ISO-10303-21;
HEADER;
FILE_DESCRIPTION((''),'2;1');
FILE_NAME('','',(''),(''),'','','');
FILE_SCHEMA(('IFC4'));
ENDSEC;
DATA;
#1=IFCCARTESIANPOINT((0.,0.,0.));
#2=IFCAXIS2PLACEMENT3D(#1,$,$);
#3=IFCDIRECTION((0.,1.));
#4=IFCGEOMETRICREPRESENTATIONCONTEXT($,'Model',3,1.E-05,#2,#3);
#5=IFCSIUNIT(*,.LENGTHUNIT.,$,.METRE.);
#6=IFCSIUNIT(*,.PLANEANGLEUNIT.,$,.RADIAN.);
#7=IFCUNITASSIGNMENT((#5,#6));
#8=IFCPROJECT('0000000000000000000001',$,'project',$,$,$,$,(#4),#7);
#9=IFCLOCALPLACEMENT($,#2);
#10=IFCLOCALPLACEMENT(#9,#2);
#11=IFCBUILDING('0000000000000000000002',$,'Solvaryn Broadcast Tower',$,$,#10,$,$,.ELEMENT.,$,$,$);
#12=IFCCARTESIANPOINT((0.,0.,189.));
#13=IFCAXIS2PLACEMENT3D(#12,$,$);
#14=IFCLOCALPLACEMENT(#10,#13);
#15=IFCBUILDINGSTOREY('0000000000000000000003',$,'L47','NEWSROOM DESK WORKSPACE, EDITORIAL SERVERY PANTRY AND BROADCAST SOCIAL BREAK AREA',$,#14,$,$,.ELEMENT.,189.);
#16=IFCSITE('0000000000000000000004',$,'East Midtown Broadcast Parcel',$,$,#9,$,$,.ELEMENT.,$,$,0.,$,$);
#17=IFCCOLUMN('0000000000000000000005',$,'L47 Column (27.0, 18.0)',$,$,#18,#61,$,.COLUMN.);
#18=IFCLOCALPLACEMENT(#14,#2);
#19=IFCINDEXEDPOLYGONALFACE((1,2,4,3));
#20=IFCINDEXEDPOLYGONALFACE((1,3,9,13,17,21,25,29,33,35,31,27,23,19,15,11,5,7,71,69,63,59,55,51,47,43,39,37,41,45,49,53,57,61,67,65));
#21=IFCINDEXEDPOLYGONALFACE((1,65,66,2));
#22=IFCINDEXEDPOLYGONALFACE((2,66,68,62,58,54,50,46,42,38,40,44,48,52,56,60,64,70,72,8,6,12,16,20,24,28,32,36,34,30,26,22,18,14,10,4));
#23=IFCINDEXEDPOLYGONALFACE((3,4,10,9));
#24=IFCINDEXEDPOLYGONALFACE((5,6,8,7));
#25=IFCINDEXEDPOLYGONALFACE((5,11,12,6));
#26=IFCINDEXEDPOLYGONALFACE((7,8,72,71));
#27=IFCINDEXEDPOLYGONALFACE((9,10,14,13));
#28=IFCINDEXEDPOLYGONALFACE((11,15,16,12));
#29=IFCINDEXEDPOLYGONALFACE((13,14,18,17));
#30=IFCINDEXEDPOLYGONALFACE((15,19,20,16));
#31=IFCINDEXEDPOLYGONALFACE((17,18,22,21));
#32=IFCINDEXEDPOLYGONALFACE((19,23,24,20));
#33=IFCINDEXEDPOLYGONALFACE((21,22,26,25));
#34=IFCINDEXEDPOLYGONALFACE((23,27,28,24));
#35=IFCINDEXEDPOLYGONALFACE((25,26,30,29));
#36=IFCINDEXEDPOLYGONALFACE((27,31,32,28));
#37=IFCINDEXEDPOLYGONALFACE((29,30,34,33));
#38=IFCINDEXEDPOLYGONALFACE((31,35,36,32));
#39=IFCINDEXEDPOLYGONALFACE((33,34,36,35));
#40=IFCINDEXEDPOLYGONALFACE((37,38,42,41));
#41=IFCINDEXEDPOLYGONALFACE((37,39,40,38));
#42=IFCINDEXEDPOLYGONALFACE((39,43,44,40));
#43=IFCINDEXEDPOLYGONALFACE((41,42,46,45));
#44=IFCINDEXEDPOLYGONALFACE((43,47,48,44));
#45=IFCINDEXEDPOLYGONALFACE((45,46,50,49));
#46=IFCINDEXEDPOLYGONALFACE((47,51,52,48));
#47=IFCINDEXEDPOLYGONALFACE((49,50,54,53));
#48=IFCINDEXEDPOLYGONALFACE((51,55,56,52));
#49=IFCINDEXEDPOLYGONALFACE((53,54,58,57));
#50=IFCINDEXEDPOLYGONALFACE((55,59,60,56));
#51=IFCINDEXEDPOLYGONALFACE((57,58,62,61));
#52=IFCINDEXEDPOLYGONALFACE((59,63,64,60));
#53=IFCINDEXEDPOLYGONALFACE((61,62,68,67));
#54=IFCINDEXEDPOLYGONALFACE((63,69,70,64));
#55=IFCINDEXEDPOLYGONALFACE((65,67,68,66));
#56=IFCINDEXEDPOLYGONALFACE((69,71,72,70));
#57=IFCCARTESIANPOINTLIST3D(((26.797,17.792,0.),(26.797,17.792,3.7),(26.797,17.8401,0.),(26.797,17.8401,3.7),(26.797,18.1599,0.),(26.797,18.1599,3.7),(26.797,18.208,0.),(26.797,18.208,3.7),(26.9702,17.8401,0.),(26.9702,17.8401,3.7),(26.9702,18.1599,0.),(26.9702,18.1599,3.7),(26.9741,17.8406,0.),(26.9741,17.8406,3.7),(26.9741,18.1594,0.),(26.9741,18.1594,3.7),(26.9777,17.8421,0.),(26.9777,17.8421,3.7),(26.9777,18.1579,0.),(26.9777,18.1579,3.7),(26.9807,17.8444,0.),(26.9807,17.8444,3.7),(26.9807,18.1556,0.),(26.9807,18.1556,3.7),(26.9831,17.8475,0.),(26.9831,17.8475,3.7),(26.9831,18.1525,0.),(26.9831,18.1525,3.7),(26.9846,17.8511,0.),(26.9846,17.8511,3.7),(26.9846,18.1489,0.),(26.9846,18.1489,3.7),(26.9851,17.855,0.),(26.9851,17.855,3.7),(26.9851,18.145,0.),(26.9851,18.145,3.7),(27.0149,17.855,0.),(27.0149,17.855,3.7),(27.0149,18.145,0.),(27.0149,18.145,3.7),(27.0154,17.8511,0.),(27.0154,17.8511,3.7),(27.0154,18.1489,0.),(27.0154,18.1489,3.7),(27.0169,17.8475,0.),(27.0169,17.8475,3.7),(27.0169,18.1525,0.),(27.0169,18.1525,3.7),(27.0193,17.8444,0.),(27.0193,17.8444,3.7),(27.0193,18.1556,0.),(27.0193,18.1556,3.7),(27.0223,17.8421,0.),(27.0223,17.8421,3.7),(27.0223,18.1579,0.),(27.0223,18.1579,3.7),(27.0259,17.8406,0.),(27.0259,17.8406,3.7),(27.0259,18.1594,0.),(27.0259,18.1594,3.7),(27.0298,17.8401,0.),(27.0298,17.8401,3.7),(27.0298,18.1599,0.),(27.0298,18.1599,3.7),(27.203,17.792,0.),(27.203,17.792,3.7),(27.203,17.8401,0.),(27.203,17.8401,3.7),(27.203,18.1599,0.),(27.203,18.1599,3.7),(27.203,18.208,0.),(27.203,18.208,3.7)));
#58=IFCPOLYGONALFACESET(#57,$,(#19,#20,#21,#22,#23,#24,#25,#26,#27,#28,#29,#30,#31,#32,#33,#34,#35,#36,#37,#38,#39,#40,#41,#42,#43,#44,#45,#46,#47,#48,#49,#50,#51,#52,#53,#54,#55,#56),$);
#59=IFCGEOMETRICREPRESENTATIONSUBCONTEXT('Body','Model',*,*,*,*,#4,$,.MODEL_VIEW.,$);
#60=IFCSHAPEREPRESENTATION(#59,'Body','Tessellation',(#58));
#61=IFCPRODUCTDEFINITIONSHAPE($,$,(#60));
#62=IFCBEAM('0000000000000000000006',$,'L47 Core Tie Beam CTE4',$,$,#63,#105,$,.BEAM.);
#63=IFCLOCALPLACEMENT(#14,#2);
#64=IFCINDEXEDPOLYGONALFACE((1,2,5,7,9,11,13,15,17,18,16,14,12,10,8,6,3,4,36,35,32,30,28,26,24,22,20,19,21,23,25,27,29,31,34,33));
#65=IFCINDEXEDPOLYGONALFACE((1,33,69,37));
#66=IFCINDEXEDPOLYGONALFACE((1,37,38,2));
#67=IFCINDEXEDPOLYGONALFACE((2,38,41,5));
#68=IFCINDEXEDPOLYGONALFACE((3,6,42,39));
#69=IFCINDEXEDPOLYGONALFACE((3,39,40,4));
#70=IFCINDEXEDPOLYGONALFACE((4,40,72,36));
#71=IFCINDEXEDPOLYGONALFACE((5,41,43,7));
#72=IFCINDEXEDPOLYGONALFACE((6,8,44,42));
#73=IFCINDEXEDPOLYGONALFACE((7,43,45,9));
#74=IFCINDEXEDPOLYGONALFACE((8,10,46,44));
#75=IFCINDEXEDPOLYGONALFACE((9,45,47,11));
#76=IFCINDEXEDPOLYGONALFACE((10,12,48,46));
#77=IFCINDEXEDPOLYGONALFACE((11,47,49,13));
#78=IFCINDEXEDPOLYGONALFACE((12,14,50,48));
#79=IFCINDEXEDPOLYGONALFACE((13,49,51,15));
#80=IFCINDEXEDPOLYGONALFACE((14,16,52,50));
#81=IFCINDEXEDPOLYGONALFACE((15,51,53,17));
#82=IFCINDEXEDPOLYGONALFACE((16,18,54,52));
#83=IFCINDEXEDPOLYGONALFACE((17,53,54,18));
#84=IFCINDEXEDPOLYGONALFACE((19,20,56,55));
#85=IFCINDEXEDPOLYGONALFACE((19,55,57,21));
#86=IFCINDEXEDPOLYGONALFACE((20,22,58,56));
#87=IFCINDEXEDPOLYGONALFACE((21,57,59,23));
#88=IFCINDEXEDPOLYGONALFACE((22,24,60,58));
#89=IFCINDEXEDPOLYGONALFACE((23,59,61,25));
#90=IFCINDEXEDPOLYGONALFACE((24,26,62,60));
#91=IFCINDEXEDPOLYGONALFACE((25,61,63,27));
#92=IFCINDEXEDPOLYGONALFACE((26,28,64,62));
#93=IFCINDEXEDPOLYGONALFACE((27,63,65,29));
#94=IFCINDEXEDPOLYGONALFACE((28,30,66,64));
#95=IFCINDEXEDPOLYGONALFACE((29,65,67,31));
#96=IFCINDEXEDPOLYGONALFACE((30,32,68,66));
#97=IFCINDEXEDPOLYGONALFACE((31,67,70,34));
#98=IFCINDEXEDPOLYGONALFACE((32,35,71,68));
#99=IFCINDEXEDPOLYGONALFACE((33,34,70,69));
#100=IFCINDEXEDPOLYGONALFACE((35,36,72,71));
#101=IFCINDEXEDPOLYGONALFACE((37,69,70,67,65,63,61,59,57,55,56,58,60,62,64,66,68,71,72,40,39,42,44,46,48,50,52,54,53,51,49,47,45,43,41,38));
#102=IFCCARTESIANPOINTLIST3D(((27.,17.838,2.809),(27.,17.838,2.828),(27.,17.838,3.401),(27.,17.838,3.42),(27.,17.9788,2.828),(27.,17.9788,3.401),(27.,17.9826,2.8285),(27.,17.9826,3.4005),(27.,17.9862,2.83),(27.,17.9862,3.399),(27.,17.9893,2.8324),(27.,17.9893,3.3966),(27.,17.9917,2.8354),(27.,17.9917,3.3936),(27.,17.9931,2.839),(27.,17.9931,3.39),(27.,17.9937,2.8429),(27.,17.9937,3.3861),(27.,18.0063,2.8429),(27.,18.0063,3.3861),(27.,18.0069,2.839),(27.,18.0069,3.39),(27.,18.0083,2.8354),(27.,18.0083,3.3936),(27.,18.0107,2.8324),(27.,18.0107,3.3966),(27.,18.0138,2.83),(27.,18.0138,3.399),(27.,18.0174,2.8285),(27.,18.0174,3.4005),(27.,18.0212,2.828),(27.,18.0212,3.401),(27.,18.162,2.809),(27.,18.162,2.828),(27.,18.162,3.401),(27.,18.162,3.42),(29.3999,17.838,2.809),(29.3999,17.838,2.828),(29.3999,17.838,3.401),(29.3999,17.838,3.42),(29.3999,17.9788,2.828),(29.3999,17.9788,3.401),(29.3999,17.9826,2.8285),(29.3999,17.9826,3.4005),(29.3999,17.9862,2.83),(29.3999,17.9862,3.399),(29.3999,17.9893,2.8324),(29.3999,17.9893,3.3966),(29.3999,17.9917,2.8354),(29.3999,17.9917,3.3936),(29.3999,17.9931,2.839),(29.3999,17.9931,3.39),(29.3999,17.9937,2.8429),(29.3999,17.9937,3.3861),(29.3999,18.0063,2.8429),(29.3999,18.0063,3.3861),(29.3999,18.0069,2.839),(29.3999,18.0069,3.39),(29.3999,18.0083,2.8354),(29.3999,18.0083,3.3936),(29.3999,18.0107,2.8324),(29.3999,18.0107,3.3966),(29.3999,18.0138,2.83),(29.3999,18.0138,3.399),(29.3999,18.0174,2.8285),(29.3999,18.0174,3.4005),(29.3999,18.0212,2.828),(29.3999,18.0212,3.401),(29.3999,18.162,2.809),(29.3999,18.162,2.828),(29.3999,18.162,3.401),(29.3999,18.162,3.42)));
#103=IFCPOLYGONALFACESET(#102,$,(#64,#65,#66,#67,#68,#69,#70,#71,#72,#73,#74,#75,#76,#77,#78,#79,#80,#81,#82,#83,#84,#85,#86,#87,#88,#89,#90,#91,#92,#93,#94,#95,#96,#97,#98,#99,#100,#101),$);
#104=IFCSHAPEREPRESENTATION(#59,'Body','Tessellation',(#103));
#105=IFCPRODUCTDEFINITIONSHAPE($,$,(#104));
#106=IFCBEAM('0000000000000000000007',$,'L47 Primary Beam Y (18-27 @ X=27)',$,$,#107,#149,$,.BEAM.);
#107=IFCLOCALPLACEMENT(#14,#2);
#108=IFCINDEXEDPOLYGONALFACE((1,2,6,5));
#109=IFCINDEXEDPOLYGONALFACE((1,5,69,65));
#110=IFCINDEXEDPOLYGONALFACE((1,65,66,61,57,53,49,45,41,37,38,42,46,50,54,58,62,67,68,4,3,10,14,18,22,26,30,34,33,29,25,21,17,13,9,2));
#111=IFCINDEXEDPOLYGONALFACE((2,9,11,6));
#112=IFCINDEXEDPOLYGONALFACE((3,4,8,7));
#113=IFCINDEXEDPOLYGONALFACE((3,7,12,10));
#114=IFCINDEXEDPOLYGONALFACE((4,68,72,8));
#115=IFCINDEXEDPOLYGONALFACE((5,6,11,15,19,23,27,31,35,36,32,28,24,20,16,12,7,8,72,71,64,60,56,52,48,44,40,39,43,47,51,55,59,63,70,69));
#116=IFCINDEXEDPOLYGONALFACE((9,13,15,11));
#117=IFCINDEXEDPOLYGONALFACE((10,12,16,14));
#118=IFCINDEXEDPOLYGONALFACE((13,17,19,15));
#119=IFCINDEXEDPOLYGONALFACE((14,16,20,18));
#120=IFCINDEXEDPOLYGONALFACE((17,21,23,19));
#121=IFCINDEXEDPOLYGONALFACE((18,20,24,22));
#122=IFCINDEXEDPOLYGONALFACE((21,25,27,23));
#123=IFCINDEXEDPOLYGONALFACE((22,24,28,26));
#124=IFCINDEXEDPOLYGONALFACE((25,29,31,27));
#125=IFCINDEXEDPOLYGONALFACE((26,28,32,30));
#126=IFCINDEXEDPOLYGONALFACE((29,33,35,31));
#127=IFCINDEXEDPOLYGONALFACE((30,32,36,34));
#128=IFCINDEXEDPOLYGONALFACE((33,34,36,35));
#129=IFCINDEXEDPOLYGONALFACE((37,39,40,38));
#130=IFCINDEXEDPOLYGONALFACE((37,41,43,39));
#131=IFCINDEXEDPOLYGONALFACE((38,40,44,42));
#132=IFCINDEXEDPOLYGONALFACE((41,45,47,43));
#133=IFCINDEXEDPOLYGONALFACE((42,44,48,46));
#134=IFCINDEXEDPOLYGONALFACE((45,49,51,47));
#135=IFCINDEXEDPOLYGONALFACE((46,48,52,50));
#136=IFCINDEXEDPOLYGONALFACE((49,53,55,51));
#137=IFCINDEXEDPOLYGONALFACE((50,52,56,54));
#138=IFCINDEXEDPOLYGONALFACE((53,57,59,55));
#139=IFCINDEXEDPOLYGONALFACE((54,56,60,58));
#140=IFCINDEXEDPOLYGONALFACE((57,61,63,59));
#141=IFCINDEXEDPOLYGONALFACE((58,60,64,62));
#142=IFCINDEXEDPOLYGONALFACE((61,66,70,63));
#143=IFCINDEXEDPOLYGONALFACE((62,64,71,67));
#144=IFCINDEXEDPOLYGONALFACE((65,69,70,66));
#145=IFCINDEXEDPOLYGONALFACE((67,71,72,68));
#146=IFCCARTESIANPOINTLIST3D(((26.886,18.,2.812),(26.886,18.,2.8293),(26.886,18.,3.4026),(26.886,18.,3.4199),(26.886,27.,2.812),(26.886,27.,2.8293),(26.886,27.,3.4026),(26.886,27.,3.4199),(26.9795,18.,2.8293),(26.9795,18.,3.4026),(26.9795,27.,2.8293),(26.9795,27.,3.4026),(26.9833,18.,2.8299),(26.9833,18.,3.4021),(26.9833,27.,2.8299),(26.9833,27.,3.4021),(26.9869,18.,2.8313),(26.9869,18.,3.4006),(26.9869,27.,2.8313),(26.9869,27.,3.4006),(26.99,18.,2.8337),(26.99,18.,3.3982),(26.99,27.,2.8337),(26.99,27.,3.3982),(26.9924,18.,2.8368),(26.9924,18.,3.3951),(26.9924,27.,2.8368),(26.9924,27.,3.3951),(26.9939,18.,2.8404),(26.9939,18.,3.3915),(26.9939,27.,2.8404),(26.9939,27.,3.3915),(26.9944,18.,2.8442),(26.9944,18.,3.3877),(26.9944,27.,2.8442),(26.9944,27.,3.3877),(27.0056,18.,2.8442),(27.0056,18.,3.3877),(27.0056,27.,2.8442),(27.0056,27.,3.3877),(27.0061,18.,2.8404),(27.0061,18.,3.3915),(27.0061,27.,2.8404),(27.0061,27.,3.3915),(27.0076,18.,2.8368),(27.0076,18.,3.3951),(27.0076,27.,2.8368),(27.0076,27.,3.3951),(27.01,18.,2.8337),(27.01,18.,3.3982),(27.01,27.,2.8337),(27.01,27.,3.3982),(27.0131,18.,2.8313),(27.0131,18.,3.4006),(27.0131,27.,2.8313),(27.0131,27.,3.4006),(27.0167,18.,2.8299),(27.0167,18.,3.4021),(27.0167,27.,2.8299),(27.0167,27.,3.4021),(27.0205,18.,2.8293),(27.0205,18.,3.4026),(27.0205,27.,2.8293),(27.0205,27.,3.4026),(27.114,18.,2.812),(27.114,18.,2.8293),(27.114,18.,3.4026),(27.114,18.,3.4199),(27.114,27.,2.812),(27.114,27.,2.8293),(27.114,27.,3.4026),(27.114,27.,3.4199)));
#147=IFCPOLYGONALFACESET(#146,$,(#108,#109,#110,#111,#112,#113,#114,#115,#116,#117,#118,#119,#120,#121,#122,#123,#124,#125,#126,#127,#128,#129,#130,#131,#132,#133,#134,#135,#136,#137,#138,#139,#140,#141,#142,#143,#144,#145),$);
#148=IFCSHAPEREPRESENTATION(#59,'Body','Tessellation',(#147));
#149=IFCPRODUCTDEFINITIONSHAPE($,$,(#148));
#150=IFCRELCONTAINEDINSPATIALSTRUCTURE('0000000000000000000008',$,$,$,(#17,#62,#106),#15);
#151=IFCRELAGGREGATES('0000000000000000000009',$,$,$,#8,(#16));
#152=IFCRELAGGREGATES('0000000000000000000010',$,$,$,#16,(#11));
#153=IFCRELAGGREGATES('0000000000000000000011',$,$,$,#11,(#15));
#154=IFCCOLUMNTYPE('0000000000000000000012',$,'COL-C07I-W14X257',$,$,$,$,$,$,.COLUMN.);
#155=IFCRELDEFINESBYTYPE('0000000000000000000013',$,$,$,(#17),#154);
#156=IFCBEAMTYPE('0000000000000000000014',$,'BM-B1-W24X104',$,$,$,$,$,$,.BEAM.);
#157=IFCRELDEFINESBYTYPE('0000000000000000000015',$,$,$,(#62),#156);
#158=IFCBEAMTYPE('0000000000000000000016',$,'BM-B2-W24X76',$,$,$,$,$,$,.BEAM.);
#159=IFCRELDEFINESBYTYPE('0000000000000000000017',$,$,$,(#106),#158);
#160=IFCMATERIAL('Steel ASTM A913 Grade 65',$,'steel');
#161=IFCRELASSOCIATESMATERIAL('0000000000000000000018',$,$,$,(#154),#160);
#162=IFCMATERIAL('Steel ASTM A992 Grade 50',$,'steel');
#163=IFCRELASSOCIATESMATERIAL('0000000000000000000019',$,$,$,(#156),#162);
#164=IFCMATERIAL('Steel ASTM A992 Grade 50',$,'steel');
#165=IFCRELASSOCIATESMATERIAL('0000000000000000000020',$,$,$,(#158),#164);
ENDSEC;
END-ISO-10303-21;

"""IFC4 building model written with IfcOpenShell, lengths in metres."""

from ifc_helpers import new_model, si_unit, direction, frame, origin, origin_2d, place, context, subcontext, project, spatial, i_section, extrude, material, material_profile, profile_set, type_object, element, save


model = new_model("IFC4")

# Units and contexts
model_context = context("Model", 3, precision=1e-05, world=origin(), true_north=direction((0.0, 1.0)))
body_context = subcontext(model_context, "Body", "Model", "MODEL_VIEW")
ifc_project = project(units=[si_unit("LENGTHUNIT", "METRE"), si_unit("PLANEANGLEUNIT", "RADIAN")], contexts=[model_context])

# Site, building, storey
site_placement = place(None, origin())
site = spatial("IfcSite", under=ifc_project, at=site_placement, Name="East Midtown Broadcast Parcel", CompositionType="ELEMENT", RefElevation=0.0)
building_placement = place(site_placement, origin())
building = spatial("IfcBuilding", under=site, at=building_placement, Name="Solvaryn Broadcast Tower", CompositionType="ELEMENT")
storey_placement = place(building_placement, frame((0.0, 0.0, 189.0)))
storey = spatial("IfcBuildingStorey", under=building, at=storey_placement, Name="L47", Description="NEWSROOM DESK WORKSPACE, EDITORIAL SERVERY PANTRY AND BROADCAST SOCIAL BREAK AREA", CompositionType="ELEMENT", Elevation=189.0)

# Column
ifc_material_1 = material(Name="Steel ASTM A913 Grade 65", Category="steel")
ifc_material_profile_1 = material_profile(ifc_material_1, i_section(OverallWidth=0.406, OverallDepth=0.416, WebThickness=0.0298, FlangeThickness=0.0481, FilletRadius=0.0149, at=origin_2d()))
ifc_profile_set_1 = profile_set([ifc_material_profile_1], Name="Steel ASTM A913 Grade 65")
column_type = type_object("IfcColumnType", Name="COL-C07I-W14X257", PredefinedType="COLUMN", material=ifc_profile_set_1)
column_placement = place(storey_placement, frame((27.0, 18.0, 0.0), z_axis=(0.0, 0.0, 1.0), x_axis=(1.0, 0.0, 0.0)))
element("IfcColumn", 1, at=column_placement, inside=storey, type_object=column_type, Name="L47 Column (27.0, 18.0)", PredefinedType="COLUMN", context=body_context, shape_type="SweptSolid", body=[
    extrude(i_section(OverallWidth=0.406, OverallDepth=0.416, WebThickness=0.0298, FlangeThickness=0.0481, FilletRadius=0.0149, at=origin_2d()), origin(), (0.0, 0.0, 1.0), 3.7),
])

# Beams
ifc_material_2 = material(Name="Steel ASTM A992 Grade 50", Category="steel")
ifc_material_profile_2 = material_profile(ifc_material_2, i_section(OverallWidth=0.324, OverallDepth=0.6111, WebThickness=0.0127, FlangeThickness=0.019, FilletRadius=0.0149, at=origin_2d()))
ifc_profile_set_2 = profile_set([ifc_material_profile_2], Name="Steel ASTM A992 Grade 50")
beam_type_1 = type_object("IfcBeamType", Name="BM-B1-W24X104", PredefinedType="BEAM", material=ifc_profile_set_2)
beam_1_placement = place(storey_placement, frame((27.0, 18.0, 3.1145), z_axis=(1.0, 0.0, 0.0), x_axis=(0.0, 1.0, 0.0)))
element("IfcBeam", 2, at=beam_1_placement, inside=storey, type_object=beam_type_1, Name="L47 Core Tie Beam CTE4", PredefinedType="BEAM", context=body_context, shape_type="SweptSolid", body=[
    extrude(i_section(OverallWidth=0.324, OverallDepth=0.6111, WebThickness=0.0127, FlangeThickness=0.019, FilletRadius=0.0149, at=origin_2d()), origin(), (0.0, 0.0, 1.0), 2.3999),
])
ifc_material_3 = material(Name="Steel ASTM A992 Grade 50", Category="steel")
ifc_material_profile_3 = material_profile(ifc_material_3, i_section(OverallWidth=0.228, OverallDepth=0.6079, WebThickness=0.0112, FlangeThickness=0.0173, FilletRadius=0.0149, at=origin_2d()))
ifc_profile_set_3 = profile_set([ifc_material_profile_3], Name="Steel ASTM A992 Grade 50")
beam_type_2 = type_object("IfcBeamType", Name="BM-B2-W24X76", PredefinedType="BEAM", material=ifc_profile_set_3)
beam_2_placement = place(storey_placement, frame((27.0, 18.0, 3.116), z_axis=(0.0, 1.0, 0.0), x_axis=(-1.0, 0.0, 0.0)))
element("IfcBeam", 3, at=beam_2_placement, inside=storey, type_object=beam_type_2, Name="L47 Primary Beam Y (18-27 @ X=27)", PredefinedType="BEAM", context=body_context, shape_type="SweptSolid", body=[
    extrude(i_section(OverallWidth=0.228, OverallDepth=0.6079, WebThickness=0.0112, FlangeThickness=0.0173, FilletRadius=0.0149, at=origin_2d()), origin(), (0.0, 0.0, 1.0), 9.0),
])

save(model, "model.ifc")
